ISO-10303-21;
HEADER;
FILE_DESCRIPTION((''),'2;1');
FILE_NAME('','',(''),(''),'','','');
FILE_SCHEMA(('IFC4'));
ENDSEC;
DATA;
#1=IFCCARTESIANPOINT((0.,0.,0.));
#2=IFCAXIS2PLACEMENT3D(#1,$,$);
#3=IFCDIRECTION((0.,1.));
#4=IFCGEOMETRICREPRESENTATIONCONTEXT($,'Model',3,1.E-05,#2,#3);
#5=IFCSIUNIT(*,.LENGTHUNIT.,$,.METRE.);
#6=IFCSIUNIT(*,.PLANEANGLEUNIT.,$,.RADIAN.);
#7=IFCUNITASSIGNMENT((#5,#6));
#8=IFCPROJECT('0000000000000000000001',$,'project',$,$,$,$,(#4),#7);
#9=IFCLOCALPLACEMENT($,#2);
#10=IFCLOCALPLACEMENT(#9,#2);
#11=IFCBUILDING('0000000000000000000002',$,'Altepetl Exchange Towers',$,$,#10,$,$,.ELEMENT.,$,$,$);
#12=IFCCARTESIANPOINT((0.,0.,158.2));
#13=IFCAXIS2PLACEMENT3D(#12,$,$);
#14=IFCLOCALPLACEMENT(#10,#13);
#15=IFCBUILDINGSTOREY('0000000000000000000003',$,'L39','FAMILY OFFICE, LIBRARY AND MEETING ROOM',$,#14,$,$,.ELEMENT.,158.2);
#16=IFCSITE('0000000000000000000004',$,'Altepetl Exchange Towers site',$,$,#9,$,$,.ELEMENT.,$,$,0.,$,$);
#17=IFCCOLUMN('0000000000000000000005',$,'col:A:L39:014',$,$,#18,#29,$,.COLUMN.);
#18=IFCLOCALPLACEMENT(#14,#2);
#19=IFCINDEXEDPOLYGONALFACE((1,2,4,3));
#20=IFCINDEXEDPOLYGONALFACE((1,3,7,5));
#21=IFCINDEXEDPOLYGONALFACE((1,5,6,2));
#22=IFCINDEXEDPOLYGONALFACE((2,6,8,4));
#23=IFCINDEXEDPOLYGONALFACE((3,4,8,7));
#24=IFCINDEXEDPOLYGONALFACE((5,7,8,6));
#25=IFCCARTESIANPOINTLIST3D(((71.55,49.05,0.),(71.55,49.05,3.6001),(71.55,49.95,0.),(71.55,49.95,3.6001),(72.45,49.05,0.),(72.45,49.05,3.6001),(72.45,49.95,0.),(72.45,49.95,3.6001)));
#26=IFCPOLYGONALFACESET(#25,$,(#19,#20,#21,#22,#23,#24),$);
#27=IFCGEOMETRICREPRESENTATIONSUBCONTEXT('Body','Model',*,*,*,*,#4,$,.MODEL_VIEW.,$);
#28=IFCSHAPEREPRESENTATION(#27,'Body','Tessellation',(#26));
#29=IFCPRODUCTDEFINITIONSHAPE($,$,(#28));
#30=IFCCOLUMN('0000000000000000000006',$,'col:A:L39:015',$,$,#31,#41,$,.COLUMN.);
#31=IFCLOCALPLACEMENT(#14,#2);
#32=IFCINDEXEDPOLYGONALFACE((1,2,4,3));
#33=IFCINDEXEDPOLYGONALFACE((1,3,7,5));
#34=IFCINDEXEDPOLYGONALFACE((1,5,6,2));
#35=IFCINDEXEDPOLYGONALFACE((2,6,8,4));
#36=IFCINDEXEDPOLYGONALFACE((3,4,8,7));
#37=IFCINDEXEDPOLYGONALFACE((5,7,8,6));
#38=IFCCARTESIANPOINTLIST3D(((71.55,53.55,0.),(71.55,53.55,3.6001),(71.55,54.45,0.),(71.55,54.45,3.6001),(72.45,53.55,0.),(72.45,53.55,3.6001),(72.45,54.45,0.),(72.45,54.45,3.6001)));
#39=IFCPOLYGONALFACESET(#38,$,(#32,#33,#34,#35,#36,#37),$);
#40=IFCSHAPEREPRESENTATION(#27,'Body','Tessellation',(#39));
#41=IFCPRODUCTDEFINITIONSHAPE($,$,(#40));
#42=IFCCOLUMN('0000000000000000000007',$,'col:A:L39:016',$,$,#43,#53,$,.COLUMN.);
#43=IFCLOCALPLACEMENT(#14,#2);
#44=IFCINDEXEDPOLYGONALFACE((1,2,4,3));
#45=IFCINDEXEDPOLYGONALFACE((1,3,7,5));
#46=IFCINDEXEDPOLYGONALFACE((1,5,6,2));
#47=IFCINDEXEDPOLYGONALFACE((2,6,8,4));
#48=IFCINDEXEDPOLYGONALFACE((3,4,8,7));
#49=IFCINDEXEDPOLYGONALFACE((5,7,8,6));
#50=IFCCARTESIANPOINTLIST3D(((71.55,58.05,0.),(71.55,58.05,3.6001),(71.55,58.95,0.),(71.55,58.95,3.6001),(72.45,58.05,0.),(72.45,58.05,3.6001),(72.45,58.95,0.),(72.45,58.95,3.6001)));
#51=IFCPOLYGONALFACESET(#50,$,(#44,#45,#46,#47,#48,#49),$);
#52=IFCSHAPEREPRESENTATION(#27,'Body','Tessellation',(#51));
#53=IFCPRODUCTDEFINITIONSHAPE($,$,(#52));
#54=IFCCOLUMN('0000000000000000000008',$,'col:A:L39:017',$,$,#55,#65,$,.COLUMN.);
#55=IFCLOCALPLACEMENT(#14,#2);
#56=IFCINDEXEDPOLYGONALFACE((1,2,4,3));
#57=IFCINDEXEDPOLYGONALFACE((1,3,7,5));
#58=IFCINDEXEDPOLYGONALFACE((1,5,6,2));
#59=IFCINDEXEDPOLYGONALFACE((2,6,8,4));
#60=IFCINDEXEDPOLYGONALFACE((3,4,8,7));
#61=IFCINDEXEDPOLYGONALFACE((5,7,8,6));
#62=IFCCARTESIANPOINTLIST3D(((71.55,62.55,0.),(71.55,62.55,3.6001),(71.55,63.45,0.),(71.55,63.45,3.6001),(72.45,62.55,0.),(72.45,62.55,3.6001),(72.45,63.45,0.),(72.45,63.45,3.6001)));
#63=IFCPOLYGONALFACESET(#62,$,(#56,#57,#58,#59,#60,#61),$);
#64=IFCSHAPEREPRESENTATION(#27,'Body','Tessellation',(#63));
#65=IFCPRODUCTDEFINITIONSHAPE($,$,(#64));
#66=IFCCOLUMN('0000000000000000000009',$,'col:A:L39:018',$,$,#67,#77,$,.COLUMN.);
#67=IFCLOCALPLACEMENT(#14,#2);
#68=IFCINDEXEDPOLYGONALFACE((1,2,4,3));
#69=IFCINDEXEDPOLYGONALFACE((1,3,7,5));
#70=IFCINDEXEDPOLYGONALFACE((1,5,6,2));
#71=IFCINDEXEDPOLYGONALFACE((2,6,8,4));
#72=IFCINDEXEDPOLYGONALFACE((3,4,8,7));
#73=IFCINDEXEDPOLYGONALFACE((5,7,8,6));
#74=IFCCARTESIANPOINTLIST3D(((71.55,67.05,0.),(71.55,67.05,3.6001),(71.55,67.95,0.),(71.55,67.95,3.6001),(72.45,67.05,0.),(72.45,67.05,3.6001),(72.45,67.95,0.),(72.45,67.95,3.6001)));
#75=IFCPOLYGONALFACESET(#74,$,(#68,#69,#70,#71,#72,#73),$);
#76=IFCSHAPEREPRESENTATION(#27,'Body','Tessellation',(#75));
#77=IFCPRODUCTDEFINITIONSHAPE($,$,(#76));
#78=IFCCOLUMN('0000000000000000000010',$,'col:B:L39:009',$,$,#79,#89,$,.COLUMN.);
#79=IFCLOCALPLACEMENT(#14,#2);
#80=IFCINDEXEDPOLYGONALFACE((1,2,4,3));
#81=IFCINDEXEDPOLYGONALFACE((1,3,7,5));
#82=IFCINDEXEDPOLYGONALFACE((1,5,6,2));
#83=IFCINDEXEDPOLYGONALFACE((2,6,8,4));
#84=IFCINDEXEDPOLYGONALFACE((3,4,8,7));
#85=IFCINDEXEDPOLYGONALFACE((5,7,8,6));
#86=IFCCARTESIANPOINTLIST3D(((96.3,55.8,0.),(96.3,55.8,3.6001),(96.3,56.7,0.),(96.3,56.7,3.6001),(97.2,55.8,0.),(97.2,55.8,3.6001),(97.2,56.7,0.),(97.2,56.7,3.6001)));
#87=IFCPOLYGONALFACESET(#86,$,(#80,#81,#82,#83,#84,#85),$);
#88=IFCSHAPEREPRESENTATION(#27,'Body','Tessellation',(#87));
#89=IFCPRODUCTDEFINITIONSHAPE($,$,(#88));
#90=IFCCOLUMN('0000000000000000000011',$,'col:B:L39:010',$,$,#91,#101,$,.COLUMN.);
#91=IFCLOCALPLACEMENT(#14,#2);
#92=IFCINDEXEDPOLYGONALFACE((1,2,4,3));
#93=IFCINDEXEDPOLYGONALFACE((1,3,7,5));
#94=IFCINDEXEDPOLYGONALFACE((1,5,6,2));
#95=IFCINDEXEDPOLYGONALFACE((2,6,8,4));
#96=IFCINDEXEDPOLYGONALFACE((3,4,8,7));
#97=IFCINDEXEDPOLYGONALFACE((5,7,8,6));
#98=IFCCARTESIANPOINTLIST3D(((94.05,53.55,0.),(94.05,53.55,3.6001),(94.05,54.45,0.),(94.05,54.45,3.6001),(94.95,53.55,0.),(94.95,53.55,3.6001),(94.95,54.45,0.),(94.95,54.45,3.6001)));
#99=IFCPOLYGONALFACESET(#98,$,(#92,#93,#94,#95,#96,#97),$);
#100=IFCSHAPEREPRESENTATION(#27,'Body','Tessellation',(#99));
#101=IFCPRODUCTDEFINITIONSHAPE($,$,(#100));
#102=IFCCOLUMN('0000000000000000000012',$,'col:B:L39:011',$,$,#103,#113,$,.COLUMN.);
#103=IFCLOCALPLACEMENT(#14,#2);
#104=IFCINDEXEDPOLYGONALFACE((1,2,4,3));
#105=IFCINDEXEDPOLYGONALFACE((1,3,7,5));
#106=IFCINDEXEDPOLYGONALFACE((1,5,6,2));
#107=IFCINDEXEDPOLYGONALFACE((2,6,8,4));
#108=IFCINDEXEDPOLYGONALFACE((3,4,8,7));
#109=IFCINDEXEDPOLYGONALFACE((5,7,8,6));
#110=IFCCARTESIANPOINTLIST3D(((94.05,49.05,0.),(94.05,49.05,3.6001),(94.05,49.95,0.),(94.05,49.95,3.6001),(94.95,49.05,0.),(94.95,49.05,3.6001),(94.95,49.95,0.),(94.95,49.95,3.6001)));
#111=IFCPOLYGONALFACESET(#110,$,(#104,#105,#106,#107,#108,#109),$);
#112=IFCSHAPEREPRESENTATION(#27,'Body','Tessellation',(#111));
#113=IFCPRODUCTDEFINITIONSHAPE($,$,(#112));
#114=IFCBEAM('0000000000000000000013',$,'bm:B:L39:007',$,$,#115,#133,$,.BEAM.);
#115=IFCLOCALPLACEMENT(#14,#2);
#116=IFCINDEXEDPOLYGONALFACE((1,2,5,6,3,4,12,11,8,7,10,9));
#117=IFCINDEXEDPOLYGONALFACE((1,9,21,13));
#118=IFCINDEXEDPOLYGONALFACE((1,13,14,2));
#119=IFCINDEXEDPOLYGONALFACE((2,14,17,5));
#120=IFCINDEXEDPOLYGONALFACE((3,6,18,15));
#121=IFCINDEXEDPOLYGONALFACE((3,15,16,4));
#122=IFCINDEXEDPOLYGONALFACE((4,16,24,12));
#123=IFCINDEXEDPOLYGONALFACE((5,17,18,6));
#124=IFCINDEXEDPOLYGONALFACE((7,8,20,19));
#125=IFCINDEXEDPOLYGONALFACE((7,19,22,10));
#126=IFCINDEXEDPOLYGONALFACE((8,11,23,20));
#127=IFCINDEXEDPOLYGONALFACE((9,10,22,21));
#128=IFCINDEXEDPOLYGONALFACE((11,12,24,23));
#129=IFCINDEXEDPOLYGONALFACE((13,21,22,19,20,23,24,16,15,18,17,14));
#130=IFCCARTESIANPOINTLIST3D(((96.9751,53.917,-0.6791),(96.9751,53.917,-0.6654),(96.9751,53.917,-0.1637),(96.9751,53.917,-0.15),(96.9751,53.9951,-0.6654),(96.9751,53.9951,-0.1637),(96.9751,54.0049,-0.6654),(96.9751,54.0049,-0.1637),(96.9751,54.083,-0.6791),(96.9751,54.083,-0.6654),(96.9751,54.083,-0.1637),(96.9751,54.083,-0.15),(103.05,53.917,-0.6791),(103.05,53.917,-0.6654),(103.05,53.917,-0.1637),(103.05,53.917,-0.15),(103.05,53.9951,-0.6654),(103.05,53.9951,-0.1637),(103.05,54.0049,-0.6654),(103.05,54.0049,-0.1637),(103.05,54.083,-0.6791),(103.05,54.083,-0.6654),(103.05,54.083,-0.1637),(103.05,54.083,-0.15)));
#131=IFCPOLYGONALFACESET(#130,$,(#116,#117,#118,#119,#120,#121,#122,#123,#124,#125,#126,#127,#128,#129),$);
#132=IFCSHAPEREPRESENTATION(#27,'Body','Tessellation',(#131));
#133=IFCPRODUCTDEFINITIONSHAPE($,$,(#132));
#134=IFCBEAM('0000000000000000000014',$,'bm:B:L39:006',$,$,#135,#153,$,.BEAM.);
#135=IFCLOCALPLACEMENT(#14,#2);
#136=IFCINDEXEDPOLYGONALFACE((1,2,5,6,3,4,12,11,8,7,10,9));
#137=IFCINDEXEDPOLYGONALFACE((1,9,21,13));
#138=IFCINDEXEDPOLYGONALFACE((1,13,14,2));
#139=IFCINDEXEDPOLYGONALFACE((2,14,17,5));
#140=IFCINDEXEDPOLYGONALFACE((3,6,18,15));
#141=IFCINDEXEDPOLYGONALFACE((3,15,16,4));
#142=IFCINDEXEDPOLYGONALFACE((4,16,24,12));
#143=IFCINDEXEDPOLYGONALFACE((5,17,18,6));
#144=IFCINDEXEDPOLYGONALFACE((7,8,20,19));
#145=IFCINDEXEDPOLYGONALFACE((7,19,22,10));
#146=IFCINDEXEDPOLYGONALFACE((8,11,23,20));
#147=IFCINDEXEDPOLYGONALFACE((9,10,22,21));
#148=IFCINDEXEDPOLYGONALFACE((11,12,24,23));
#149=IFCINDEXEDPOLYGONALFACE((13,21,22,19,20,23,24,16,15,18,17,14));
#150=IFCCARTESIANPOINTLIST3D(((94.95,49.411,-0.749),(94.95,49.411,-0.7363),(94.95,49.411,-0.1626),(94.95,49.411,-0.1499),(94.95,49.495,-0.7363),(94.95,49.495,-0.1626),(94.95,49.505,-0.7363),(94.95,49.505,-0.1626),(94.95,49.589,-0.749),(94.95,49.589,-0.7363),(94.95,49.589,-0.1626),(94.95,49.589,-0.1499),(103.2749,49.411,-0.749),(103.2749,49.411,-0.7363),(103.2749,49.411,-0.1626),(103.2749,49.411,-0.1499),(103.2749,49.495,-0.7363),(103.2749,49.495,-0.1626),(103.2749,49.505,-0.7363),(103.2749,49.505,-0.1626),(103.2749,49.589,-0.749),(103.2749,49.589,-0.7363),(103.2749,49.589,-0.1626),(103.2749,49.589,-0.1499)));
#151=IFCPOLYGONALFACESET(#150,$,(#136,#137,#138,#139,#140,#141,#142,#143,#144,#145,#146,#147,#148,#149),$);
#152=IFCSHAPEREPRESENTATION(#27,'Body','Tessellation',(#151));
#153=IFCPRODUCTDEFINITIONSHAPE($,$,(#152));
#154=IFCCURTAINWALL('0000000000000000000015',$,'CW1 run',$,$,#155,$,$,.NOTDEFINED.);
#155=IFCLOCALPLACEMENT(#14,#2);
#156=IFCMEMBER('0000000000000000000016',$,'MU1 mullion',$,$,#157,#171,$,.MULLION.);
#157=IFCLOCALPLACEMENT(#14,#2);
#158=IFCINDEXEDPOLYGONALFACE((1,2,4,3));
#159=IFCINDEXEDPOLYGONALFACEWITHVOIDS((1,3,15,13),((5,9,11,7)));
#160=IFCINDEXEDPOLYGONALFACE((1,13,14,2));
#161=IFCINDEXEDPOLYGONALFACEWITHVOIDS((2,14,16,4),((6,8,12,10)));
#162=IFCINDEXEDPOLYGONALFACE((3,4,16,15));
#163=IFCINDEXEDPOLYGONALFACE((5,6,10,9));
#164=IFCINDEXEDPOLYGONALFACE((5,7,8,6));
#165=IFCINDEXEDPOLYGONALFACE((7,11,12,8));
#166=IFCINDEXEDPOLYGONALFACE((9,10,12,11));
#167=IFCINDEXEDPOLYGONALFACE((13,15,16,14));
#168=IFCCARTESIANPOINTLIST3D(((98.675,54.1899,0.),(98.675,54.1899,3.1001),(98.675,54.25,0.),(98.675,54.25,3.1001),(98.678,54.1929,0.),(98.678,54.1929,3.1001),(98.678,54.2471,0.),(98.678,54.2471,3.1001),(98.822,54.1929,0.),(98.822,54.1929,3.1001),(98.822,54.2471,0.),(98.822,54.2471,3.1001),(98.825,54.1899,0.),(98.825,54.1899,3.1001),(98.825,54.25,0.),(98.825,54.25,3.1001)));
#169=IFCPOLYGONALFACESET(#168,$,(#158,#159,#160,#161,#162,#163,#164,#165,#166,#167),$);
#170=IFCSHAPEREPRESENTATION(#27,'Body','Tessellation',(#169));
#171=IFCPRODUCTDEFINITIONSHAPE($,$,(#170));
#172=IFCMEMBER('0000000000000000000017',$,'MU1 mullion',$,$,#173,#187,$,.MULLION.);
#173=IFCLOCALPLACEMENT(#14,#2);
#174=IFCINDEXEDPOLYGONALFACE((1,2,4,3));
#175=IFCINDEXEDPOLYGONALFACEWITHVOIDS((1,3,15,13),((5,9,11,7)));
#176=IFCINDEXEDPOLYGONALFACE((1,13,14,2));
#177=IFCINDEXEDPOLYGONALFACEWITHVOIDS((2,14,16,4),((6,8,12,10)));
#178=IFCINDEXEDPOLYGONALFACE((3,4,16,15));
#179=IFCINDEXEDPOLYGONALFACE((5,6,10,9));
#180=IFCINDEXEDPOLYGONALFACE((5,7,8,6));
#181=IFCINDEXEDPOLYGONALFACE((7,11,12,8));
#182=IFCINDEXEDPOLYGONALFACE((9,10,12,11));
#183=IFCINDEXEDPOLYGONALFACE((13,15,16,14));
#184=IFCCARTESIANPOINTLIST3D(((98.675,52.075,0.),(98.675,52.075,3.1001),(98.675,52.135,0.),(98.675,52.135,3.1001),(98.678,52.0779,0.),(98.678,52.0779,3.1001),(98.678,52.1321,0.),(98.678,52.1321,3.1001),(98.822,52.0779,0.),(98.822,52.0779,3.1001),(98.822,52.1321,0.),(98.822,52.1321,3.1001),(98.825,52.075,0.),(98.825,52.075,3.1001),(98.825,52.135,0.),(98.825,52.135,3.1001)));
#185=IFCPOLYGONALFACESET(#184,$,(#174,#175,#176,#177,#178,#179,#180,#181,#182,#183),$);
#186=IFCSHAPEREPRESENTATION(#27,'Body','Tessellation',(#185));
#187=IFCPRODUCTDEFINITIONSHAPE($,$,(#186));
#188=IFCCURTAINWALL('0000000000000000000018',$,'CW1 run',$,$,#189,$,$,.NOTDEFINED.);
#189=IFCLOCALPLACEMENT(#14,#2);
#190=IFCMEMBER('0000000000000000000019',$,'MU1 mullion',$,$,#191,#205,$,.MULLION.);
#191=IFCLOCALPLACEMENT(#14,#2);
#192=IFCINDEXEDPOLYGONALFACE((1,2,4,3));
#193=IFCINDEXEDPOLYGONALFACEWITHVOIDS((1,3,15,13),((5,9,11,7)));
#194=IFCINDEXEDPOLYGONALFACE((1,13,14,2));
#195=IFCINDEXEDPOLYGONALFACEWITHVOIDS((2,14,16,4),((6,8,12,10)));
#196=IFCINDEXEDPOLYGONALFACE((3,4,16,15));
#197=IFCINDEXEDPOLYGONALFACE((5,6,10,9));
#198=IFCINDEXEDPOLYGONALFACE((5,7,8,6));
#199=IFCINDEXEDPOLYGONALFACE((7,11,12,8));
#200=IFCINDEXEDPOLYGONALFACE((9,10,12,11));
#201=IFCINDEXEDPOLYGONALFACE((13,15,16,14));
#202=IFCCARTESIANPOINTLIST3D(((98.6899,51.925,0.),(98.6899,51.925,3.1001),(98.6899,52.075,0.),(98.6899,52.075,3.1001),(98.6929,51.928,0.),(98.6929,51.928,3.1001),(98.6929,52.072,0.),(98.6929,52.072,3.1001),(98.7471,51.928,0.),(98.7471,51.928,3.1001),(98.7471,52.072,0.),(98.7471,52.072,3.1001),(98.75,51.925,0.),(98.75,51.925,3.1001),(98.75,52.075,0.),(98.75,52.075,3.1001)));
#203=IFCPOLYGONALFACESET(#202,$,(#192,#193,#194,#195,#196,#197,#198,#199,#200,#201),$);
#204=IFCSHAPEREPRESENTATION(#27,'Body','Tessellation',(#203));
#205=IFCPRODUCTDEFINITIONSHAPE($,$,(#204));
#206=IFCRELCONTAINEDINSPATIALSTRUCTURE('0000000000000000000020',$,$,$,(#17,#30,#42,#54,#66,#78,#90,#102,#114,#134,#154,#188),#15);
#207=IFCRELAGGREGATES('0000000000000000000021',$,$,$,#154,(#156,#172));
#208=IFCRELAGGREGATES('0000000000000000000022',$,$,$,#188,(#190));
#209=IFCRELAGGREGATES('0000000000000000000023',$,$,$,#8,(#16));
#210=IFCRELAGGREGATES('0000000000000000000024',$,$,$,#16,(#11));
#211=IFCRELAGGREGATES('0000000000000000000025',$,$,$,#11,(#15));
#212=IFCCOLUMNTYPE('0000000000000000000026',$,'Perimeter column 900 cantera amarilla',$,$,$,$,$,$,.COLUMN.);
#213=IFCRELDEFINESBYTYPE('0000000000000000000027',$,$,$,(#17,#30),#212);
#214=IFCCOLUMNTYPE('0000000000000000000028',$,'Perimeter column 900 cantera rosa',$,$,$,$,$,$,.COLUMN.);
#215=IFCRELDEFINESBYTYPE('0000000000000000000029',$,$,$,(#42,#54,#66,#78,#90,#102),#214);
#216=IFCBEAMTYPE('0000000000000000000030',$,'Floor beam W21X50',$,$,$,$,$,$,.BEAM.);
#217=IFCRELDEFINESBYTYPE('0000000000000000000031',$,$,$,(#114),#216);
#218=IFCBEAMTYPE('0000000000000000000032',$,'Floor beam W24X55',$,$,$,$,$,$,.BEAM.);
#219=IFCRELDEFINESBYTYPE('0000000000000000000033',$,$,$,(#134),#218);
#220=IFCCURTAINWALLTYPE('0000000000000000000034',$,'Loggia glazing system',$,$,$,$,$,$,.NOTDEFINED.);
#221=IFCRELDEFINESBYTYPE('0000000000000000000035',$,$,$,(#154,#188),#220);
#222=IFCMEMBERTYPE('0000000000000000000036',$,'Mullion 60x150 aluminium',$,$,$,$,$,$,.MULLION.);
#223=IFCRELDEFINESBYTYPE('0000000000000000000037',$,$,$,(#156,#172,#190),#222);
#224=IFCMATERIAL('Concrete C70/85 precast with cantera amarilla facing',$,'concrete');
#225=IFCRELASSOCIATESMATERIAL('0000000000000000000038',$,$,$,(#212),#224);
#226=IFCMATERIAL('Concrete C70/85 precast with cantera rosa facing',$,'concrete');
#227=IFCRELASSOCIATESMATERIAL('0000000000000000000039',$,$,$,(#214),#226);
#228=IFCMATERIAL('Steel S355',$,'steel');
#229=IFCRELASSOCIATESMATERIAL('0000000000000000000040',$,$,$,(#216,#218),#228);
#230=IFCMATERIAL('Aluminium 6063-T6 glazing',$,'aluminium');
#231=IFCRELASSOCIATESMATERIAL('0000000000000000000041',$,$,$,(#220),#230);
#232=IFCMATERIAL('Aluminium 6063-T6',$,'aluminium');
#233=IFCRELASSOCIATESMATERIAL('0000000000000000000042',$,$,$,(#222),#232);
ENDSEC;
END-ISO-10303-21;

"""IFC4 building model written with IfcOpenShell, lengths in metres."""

from ifc_helpers import new_model, si_unit, direction, frame, origin, origin_2d, place, context, subcontext, project, spatial, rectangle, hollow_rectangle, i_section, extrude, material, material_profile, profile_set, type_object, element, aggregate, save


model = new_model("IFC4")

# Units and contexts
model_context = context("Model", 3, precision=1e-05, world=origin(), true_north=direction((0.0, 1.0)))
body_context = subcontext(model_context, "Body", "Model", "MODEL_VIEW")
ifc_project = project(units=[si_unit("LENGTHUNIT", "METRE"), si_unit("PLANEANGLEUNIT", "RADIAN")], contexts=[model_context])

# Site, building, storey
site_placement = place(None, origin())
site = spatial("IfcSite", under=ifc_project, at=site_placement, Name="Altepetl Exchange Towers site", CompositionType="ELEMENT", RefElevation=0.0)
building_placement = place(site_placement, origin())
building = spatial("IfcBuilding", under=site, at=building_placement, Name="Altepetl Exchange Towers", CompositionType="ELEMENT")
storey_placement = place(building_placement, frame((0.0, 0.0, 158.2)))
storey = spatial("IfcBuildingStorey", under=building, at=storey_placement, Name="L39", Description="FAMILY OFFICE, LIBRARY AND MEETING ROOM", CompositionType="ELEMENT", Elevation=158.2)

# Columns
ifc_material_1 = material(Name="Concrete C70/85 precast with cantera amarilla facing", Category="concrete")
ifc_material_profile_1 = material_profile(ifc_material_1, rectangle(XDim=0.8999, YDim=0.8999, at=origin_2d()), Name="900 x 900")
ifc_profile_set_1 = profile_set([ifc_material_profile_1], Name="Concrete C70/85 precast with cantera amarilla facing")
column_type_1 = type_object("IfcColumnType", Name="Perimeter column 900 cantera amarilla", PredefinedType="COLUMN", material=ifc_profile_set_1)
for number, where, name in (
    (1, (72.0, 49.5, 0.0), "col:A:L39:014"),
    (2, (72.0, 54.0, 0.0), "col:A:L39:015"),
):
    element("IfcColumn", number, at=place(storey_placement, frame(where)), inside=storey, type_object=column_type_1, Name=name, PredefinedType="COLUMN", context=body_context, shape_type="SweptSolid", body=[
        extrude(rectangle(XDim=0.8999, YDim=0.8999, at=origin_2d()), origin(), (0.0, 0.0, 1.0), 3.6001),
    ])
ifc_material_2 = material(Name="Concrete C70/85 precast with cantera rosa facing", Category="concrete")
ifc_material_profile_2 = material_profile(ifc_material_2, rectangle(XDim=0.8999, YDim=0.8999, at=origin_2d()), Name="900 x 900")
ifc_profile_set_2 = profile_set([ifc_material_profile_2], Name="Concrete C70/85 precast with cantera rosa facing")
column_type_2 = type_object("IfcColumnType", Name="Perimeter column 900 cantera rosa", PredefinedType="COLUMN", material=ifc_profile_set_2)
for number, where, name in (
    (3, (72.0, 58.5, 0.0), "col:A:L39:016"),
    (4, (72.0, 63.0, 0.0), "col:A:L39:017"),
    (5, (72.0, 67.5, 0.0), "col:A:L39:018"),
    (6, (96.75, 56.25, 0.0), "col:B:L39:009"),
    (7, (94.5, 54.0, 0.0), "col:B:L39:010"),
    (8, (94.5, 49.5, 0.0), "col:B:L39:011"),
):
    element("IfcColumn", number, at=place(storey_placement, frame(where)), inside=storey, type_object=column_type_2, Name=name, PredefinedType="COLUMN", context=body_context, shape_type="SweptSolid", body=[
        extrude(rectangle(XDim=0.8999, YDim=0.8999, at=origin_2d()), origin(), (0.0, 0.0, 1.0), 3.6001),
    ])

# Beams
ifc_material_3 = material(Name="Steel S355", Category="steel")
ifc_material_profile_3 = material_profile(ifc_material_3, i_section(OverallWidth=0.166, OverallDepth=0.5291, WebThickness=0.0098, FlangeThickness=0.0137, at=origin_2d()), Name="W21X50")
ifc_profile_set_3 = profile_set([ifc_material_profile_3], Name="Steel S355")
beam_type_1 = type_object("IfcBeamType", Name="Floor beam W21X50", PredefinedType="BEAM", material=ifc_profile_set_3)
beam_1_placement = place(storey_placement, frame((96.9751, 54.0, -0.4146), z_axis=(1.0, 0.0, 0.0), x_axis=(0.0, 1.0, 0.0)))
element("IfcBeam", 9, at=beam_1_placement, inside=storey, type_object=beam_type_1, Name="bm:B:L39:007", PredefinedType="BEAM", context=body_context, shape_type="SweptSolid", body=[
    extrude(i_section(OverallWidth=0.166, OverallDepth=0.5291, WebThickness=0.0098, FlangeThickness=0.0137, at=origin_2d()), origin(), (0.0, 0.0, 1.0), 6.075),
])
ifc_material_profile_4 = material_profile(ifc_material_3, i_section(OverallWidth=0.178, OverallDepth=0.5991, WebThickness=0.01, FlangeThickness=0.0127, at=origin_2d()), Name="W24X55")
ifc_profile_set_4 = profile_set([ifc_material_profile_4], Name="Steel S355")
beam_type_2 = type_object("IfcBeamType", Name="Floor beam W24X55", PredefinedType="BEAM", material=ifc_profile_set_4)
beam_2_placement = place(storey_placement, frame((94.95, 49.5, -0.4495), z_axis=(1.0, 0.0, 0.0), x_axis=(0.0, 1.0, 0.0)))
element("IfcBeam", 10, at=beam_2_placement, inside=storey, type_object=beam_type_2, Name="bm:B:L39:006", PredefinedType="BEAM", context=body_context, shape_type="SweptSolid", body=[
    extrude(i_section(OverallWidth=0.178, OverallDepth=0.5991, WebThickness=0.01, FlangeThickness=0.0127, at=origin_2d()), origin(), (0.0, 0.0, 1.0), 8.325),
])

# Curtain walls, members
ifc_material_4 = material(Name="Aluminium 6063-T6 glazing", Category="aluminium")
curtain_wall_type = type_object("IfcCurtainWallType", Name="Loggia glazing system", PredefinedType="NOTDEFINED", material=ifc_material_4)
curtain_wall_1_placement = place(storey_placement, origin())
curtain_wall_1 = element("IfcCurtainWall", 11, at=curtain_wall_1_placement, inside=storey, type_object=curtain_wall_type, Name="CW1 run", PredefinedType="NOTDEFINED")
ifc_material_5 = material(Name="Aluminium 6063-T6", Category="aluminium")
ifc_material_profile_5 = material_profile(ifc_material_5, hollow_rectangle(XDim=0.0601, YDim=0.1499, WallThickness=0.0029, at=origin_2d()), Name="Mullion 60x150 aluminium")
ifc_profile_set_5 = profile_set([ifc_material_profile_5], Name="Aluminium 6063-T6")
member_type = type_object("IfcMemberType", Name="Mullion 60x150 aluminium", PredefinedType="MULLION", material=ifc_profile_set_5)
member_1_placement = place(storey_placement, frame((98.75, 54.22, 0.0), z_axis=(0.0, 0.0, 1.0), x_axis=(0.0, -1.0, 0.0)))
member_1 = element("IfcMember", 12, at=member_1_placement, type_object=member_type, Name="MU1 mullion", PredefinedType="MULLION", context=body_context, shape_type="SweptSolid", body=[
    extrude(hollow_rectangle(XDim=0.0601, YDim=0.1499, WallThickness=0.0029, at=origin_2d()), origin(), (0.0, 0.0, 1.0), 3.1001),
])
member_2_placement = place(storey_placement, frame((98.75, 52.105, 0.0), z_axis=(0.0, 0.0, 1.0), x_axis=(0.0, -1.0, 0.0)))
member_2 = element("IfcMember", 13, at=member_2_placement, type_object=member_type, Name="MU1 mullion", PredefinedType="MULLION", context=body_context, shape_type="SweptSolid", body=[
    extrude(hollow_rectangle(XDim=0.0601, YDim=0.1499, WallThickness=0.0029, at=origin_2d()), origin(), (0.0, 0.0, 1.0), 3.1001),
])
curtain_wall_2_placement = place(storey_placement, origin())
curtain_wall_2 = element("IfcCurtainWall", 14, at=curtain_wall_2_placement, inside=storey, type_object=curtain_wall_type, Name="CW1 run", PredefinedType="NOTDEFINED")
member_3_placement = place(storey_placement, frame((98.72, 52.0, 0.0), z_axis=(0.0, 0.0, 1.0), x_axis=(-1.0, 0.0, 0.0)))
member_3 = element("IfcMember", 15, at=member_3_placement, type_object=member_type, Name="MU1 mullion", PredefinedType="MULLION", context=body_context, shape_type="SweptSolid", body=[
    extrude(hollow_rectangle(XDim=0.0601, YDim=0.1499, WallThickness=0.0029, at=origin_2d()), origin(), (0.0, 0.0, 1.0), 3.1001),
])

aggregate(curtain_wall_1, [member_1, member_2])
aggregate(curtain_wall_2, [member_3])

save(model, "model.ifc")
